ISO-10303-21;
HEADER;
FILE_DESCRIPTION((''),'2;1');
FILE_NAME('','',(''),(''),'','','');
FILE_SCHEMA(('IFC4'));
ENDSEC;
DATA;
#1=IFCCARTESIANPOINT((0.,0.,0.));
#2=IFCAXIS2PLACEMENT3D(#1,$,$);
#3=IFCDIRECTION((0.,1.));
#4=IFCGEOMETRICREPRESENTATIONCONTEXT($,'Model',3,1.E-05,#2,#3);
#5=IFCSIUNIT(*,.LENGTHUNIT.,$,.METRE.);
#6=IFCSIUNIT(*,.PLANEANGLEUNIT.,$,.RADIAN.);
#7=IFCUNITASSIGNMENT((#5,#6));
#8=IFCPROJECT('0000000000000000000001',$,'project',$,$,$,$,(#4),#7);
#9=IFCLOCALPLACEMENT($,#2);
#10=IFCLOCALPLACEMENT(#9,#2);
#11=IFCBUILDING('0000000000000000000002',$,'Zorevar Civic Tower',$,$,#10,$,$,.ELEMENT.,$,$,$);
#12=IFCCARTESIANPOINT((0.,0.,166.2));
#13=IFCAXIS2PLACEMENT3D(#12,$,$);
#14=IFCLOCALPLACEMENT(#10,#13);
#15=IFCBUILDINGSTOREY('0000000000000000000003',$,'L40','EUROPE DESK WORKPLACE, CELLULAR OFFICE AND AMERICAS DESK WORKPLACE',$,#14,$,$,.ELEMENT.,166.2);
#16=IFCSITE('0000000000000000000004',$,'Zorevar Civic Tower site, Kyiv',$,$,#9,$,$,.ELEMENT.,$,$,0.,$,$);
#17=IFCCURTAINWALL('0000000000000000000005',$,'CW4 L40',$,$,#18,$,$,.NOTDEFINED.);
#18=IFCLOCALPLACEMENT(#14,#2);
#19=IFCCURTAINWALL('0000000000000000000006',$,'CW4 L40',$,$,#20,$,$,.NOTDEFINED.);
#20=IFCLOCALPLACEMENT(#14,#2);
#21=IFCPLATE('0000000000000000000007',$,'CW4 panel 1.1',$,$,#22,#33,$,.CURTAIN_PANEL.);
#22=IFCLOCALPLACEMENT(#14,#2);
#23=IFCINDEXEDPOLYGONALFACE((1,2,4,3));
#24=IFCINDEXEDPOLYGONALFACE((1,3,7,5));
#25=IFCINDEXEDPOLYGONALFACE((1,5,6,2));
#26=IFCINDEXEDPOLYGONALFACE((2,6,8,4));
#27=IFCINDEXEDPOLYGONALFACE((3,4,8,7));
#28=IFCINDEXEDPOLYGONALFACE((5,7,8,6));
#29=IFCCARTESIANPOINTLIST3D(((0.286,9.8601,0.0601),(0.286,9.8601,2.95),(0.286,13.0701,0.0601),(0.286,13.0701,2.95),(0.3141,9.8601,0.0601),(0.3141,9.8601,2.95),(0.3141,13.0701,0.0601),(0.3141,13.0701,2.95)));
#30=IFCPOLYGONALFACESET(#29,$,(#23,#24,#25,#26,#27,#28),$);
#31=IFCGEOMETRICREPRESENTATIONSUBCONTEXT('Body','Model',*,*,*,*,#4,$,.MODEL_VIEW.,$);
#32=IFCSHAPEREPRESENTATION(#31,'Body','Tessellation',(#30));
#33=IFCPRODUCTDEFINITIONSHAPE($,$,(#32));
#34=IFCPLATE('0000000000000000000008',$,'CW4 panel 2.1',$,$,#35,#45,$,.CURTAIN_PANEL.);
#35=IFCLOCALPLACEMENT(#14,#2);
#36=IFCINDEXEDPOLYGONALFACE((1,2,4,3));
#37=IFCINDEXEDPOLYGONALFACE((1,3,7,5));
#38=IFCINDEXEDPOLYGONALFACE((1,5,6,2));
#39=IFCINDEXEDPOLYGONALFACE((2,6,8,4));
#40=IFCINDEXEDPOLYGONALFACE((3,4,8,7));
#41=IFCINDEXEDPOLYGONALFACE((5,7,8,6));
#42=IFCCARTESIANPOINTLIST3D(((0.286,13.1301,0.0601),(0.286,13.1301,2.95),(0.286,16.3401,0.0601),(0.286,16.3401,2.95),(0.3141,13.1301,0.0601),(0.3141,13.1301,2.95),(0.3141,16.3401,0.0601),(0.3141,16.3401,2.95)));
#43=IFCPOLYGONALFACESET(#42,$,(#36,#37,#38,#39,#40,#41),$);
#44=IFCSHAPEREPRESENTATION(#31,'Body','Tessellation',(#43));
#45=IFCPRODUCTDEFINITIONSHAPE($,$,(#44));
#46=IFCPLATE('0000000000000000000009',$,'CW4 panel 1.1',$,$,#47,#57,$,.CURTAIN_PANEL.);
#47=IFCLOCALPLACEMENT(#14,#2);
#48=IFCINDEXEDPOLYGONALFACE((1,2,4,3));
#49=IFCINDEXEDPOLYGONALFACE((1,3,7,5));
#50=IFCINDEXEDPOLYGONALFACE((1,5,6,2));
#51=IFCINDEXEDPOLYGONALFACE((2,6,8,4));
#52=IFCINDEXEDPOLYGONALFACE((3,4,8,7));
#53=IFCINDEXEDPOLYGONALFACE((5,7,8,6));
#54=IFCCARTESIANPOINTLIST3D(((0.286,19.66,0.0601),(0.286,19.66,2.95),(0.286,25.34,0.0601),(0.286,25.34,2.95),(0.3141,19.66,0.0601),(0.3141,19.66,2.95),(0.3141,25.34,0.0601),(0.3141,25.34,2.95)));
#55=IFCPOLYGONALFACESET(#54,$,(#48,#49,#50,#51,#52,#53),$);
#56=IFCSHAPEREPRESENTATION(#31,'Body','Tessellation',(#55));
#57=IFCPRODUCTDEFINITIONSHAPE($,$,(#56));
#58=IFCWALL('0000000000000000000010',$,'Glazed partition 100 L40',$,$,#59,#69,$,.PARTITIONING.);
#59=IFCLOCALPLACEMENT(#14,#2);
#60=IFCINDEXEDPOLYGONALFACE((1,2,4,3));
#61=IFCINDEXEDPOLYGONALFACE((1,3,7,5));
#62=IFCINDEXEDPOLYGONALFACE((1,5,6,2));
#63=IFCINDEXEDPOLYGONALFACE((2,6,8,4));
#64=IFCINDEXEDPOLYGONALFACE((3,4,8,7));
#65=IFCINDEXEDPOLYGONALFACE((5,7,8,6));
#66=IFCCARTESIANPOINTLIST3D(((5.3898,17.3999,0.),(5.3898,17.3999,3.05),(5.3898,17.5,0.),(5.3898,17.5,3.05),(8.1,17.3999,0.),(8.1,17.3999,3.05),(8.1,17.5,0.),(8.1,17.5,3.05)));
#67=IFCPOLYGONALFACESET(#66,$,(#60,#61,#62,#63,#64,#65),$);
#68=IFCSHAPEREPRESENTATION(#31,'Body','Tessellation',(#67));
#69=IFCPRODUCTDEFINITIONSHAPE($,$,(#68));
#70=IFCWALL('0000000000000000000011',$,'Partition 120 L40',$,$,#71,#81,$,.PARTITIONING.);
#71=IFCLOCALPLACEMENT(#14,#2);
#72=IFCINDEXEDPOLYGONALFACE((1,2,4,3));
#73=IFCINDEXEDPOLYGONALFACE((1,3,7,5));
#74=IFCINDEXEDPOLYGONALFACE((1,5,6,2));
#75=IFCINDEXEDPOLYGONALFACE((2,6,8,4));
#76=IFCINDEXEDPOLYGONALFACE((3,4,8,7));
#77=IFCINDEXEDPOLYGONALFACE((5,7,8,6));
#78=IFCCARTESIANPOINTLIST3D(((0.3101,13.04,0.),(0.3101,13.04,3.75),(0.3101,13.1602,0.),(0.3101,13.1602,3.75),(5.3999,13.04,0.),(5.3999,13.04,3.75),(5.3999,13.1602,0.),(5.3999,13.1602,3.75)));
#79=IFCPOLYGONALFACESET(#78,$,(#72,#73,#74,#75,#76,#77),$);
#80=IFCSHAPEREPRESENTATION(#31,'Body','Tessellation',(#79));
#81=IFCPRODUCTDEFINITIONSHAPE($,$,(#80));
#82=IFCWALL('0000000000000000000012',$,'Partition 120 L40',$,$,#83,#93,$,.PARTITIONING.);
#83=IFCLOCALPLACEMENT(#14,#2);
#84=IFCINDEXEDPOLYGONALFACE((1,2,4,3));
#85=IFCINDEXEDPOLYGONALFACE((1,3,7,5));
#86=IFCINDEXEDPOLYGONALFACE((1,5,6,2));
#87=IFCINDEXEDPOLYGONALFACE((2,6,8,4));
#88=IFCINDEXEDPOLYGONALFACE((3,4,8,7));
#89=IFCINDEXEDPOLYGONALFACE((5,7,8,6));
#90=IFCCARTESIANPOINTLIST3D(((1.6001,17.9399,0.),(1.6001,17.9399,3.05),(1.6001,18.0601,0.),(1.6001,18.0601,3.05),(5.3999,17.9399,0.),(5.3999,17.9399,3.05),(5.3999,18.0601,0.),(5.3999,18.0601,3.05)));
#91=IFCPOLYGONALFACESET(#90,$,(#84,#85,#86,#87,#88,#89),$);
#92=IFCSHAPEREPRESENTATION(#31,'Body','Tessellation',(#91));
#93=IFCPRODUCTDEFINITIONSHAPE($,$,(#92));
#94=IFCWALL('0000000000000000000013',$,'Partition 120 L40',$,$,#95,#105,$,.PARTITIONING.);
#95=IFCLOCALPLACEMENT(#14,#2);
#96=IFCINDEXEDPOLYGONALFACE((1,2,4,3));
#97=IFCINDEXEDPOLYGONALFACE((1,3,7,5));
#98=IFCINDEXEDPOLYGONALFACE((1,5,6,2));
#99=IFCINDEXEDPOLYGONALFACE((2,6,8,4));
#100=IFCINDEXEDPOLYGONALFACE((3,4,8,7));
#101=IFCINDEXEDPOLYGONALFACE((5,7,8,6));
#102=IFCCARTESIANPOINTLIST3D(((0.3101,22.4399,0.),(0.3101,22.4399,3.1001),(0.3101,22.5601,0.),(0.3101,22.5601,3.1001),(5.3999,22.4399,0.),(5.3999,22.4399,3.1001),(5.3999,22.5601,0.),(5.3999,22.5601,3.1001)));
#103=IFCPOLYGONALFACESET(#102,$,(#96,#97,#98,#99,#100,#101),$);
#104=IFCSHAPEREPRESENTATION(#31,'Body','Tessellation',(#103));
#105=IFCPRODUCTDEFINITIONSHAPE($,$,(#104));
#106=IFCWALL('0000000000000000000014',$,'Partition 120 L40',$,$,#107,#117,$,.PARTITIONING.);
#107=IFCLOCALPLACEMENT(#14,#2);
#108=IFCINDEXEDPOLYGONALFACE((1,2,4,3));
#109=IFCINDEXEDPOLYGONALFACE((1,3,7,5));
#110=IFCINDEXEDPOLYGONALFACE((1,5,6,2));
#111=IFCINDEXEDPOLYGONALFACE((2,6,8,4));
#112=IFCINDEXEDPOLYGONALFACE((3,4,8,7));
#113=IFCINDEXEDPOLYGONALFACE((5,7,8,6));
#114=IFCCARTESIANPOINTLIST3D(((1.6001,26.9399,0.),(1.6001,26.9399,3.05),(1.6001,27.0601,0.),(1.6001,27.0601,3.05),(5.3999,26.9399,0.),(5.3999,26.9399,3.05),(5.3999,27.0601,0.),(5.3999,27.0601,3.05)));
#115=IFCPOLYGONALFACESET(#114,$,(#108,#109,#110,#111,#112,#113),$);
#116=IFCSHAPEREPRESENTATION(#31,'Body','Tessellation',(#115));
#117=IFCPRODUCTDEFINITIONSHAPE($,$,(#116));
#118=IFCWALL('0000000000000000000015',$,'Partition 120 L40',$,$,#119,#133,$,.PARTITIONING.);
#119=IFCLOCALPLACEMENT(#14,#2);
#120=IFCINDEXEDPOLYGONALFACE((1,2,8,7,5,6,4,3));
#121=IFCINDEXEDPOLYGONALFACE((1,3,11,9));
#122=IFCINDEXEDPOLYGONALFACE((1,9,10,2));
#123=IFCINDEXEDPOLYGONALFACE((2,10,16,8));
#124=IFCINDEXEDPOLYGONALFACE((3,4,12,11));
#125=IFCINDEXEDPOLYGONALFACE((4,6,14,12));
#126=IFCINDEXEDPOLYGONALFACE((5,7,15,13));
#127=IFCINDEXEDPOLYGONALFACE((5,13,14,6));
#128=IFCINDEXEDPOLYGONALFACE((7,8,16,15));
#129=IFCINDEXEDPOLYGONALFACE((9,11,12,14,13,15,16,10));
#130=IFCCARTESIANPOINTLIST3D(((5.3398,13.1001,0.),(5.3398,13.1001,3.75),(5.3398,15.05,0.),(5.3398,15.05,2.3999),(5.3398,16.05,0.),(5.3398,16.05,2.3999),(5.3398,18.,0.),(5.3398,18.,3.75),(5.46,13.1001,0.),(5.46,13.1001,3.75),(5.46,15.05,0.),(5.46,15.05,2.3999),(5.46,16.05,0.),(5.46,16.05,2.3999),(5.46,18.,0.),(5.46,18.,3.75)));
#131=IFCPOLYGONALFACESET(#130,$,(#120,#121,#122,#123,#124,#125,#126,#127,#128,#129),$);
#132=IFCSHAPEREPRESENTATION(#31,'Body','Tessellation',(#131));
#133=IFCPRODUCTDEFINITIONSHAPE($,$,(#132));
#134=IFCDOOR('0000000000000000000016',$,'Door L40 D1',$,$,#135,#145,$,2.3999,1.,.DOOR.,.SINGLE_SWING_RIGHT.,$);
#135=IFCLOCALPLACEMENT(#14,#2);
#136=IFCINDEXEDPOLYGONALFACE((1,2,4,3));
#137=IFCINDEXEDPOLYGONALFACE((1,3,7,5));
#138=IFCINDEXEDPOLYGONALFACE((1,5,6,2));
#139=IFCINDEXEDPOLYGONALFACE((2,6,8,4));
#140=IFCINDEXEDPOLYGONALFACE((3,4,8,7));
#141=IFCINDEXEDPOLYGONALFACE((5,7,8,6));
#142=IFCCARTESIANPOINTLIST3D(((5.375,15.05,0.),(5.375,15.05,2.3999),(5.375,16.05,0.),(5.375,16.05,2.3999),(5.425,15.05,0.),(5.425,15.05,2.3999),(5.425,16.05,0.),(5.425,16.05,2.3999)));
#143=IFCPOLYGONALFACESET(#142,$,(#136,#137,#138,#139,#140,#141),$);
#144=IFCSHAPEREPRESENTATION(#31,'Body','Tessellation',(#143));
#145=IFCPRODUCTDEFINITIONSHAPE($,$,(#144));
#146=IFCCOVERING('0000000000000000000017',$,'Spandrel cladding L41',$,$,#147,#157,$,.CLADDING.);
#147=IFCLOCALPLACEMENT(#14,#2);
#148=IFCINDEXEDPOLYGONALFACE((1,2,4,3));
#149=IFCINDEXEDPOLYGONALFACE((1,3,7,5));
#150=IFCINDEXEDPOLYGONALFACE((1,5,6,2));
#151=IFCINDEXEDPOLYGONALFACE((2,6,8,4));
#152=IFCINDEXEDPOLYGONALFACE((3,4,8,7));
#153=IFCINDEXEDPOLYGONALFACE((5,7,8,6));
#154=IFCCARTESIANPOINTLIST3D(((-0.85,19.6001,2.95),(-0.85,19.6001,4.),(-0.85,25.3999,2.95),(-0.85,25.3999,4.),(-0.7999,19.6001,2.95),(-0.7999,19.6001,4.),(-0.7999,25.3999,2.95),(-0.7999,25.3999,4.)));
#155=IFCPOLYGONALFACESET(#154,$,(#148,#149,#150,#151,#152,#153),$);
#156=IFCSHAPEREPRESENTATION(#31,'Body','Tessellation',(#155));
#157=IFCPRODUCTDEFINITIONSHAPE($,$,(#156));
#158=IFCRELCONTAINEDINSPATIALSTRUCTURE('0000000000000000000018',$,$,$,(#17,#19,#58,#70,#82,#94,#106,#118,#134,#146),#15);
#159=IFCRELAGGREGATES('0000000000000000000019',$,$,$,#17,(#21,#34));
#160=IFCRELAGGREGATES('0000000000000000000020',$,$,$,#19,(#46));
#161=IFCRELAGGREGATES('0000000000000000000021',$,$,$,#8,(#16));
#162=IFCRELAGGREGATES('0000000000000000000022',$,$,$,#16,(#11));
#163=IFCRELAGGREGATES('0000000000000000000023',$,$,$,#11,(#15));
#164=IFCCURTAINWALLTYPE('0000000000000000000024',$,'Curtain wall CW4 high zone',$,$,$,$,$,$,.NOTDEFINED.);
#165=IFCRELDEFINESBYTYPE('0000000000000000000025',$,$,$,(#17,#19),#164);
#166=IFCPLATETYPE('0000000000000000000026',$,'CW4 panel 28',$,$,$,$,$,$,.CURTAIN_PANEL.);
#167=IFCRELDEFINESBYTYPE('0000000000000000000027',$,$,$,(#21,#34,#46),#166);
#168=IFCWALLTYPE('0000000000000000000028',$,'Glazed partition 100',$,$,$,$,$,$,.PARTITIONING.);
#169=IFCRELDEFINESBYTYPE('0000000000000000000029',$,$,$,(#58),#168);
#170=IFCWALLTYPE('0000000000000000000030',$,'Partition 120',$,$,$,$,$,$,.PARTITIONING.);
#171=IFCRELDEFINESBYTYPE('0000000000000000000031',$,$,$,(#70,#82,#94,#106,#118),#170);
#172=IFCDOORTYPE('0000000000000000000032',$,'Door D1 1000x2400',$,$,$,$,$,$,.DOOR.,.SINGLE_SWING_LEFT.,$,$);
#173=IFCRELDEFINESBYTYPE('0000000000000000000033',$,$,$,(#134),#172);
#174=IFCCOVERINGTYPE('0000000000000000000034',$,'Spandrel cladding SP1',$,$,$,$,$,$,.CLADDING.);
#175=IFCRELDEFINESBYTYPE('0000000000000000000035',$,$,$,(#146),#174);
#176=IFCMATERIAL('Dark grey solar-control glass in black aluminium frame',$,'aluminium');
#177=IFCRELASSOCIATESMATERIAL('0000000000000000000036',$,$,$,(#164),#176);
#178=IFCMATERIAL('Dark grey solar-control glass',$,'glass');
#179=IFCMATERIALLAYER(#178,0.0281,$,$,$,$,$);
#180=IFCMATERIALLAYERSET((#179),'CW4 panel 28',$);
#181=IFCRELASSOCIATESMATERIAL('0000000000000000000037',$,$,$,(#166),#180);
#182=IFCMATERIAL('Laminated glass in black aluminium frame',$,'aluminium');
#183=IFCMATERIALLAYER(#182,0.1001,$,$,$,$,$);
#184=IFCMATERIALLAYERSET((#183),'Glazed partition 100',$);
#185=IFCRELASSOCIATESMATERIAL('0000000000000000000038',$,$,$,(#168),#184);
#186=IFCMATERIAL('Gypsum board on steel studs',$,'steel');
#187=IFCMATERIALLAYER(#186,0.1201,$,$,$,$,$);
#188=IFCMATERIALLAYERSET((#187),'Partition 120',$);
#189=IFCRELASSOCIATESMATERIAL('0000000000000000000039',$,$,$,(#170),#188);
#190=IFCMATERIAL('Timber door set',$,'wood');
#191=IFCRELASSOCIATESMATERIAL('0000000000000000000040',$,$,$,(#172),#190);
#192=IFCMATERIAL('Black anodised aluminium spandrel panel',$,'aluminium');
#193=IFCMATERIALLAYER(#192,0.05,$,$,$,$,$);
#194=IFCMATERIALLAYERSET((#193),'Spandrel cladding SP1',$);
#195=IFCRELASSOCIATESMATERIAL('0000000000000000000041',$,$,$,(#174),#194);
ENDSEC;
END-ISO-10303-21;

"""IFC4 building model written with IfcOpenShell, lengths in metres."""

from ifc_helpers import new_model, si_unit, direction, frame, frame_2d, origin, origin_2d, place, context, subcontext, project, spatial, rectangle, extrude, material, layer, layer_set, type_object, element, fill, aggregate, save


model = new_model("IFC4")

# Units and contexts
model_context = context("Model", 3, precision=1e-05, world=origin(), true_north=direction((0.0, 1.0)))
body_context = subcontext(model_context, "Body", "Model", "MODEL_VIEW")
ifc_project = project(units=[si_unit("LENGTHUNIT", "METRE"), si_unit("PLANEANGLEUNIT", "RADIAN")], contexts=[model_context])

# Site, building, storey
site_placement = place(None, origin())
site = spatial("IfcSite", under=ifc_project, at=site_placement, Name="Zorevar Civic Tower site, Kyiv", CompositionType="ELEMENT", RefElevation=0.0)
building_placement = place(site_placement, origin())
building = spatial("IfcBuilding", under=site, at=building_placement, Name="Zorevar Civic Tower", CompositionType="ELEMENT")
storey_placement = place(building_placement, frame((0.0, 0.0, 166.2)))
storey = spatial("IfcBuildingStorey", under=building, at=storey_placement, Name="L40", Description="EUROPE DESK WORKPLACE, CELLULAR OFFICE AND AMERICAS DESK WORKPLACE", CompositionType="ELEMENT", Elevation=166.2)

# Curtain walls
ifc_material_1 = material(Name="Dark grey solar-control glass in black aluminium frame", Category="aluminium")
curtain_wall_type = type_object("IfcCurtainWallType", Name="Curtain wall CW4 high zone", PredefinedType="NOTDEFINED", material=ifc_material_1)
curtain_wall_1_placement = place(storey_placement, origin())
curtain_wall_1 = element("IfcCurtainWall", 1, at=curtain_wall_1_placement, inside=storey, type_object=curtain_wall_type, Name="CW4 L40", PredefinedType="NOTDEFINED")
curtain_wall_2_placement = place(storey_placement, origin())
curtain_wall_2 = element("IfcCurtainWall", 2, at=curtain_wall_2_placement, inside=storey, type_object=curtain_wall_type, Name="CW4 L40", PredefinedType="NOTDEFINED")

# Plates
ifc_material_2 = material(Name="Dark grey solar-control glass", Category="glass")
ifc_layer_1 = layer(ifc_material_2, 0.0281)
ifc_layer_set_1 = layer_set([ifc_layer_1], Name="CW4 panel 28")
plate_type = type_object("IfcPlateType", Name="CW4 panel 28", PredefinedType="CURTAIN_PANEL", material=ifc_layer_set_1)
plate_1_placement = place(storey_placement, frame((0.3, 11.4651, 0.0601), z_axis=(0.0, 0.0, 1.0), x_axis=(0.0, 1.0, 0.0)))
plate_1 = element("IfcPlate", 3, at=plate_1_placement, type_object=plate_type, Name="CW4 panel 1.1", PredefinedType="CURTAIN_PANEL", context=body_context, shape_type="SweptSolid", body=[
    extrude(rectangle(XDim=3.21, YDim=0.0281, at=origin_2d()), origin(), (0.0, 0.0, 1.0), 2.8899),
])
plate_2_placement = place(storey_placement, frame((0.3, 14.7351, 0.0601), z_axis=(0.0, 0.0, 1.0), x_axis=(0.0, 1.0, 0.0)))
plate_2 = element("IfcPlate", 4, at=plate_2_placement, type_object=plate_type, Name="CW4 panel 2.1", PredefinedType="CURTAIN_PANEL", context=body_context, shape_type="SweptSolid", body=[
    extrude(rectangle(XDim=3.21, YDim=0.0281, at=origin_2d()), origin(), (0.0, 0.0, 1.0), 2.8899),
])
aggregate(curtain_wall_1, [plate_1, plate_2])
plate_3_placement = place(storey_placement, frame((0.3, 22.5, 0.0601), z_axis=(0.0, 0.0, 1.0), x_axis=(0.0, 1.0, 0.0)))
plate_3 = element("IfcPlate", 5, at=plate_3_placement, type_object=plate_type, Name="CW4 panel 1.1", PredefinedType="CURTAIN_PANEL", context=body_context, shape_type="SweptSolid", body=[
    extrude(rectangle(XDim=5.6799, YDim=0.0281, at=origin_2d()), origin(), (0.0, 0.0, 1.0), 2.8899),
])
aggregate(curtain_wall_2, [plate_3])

# Walls
ifc_material_3 = material(Name="Laminated glass in black aluminium frame", Category="aluminium")
ifc_layer_2 = layer(ifc_material_3, 0.1001)
ifc_layer_set_2 = layer_set([ifc_layer_2], Name="Glazed partition 100")
wall_type_1 = type_object("IfcWallType", Name="Glazed partition 100", PredefinedType="PARTITIONING", material=ifc_layer_set_2)
wall_1_placement = place(storey_placement, frame((5.3899, 17.45, 0.0), z_axis=(0.0, 0.0, 1.0), x_axis=(1.0, 0.0, 0.0)))
element("IfcWall", 6, at=wall_1_placement, inside=storey, type_object=wall_type_1, Name="Glazed partition 100 L40", PredefinedType="PARTITIONING", context=body_context, shape_type="SweptSolid", body=[
    extrude(rectangle(XDim=2.7102, YDim=0.1001, at=frame_2d((1.355, 0.0))), origin(), (0.0, 0.0, 1.0), 3.05),
])
ifc_material_4 = material(Name="Gypsum board on steel studs", Category="steel")
ifc_layer_3 = layer(ifc_material_4, 0.1201)
ifc_layer_set_3 = layer_set([ifc_layer_3], Name="Partition 120")
wall_type_2 = type_object("IfcWallType", Name="Partition 120", PredefinedType="PARTITIONING", material=ifc_layer_set_3)
wall_2_placement = place(storey_placement, frame((0.3101, 13.1001, 0.0), z_axis=(0.0, 0.0, 1.0), x_axis=(1.0, 0.0, 0.0)))
element("IfcWall", 7, at=wall_2_placement, inside=storey, type_object=wall_type_2, Name="Partition 120 L40", PredefinedType="PARTITIONING", context=body_context, shape_type="SweptSolid", body=[
    extrude(rectangle(XDim=5.0898, YDim=0.1201, at=frame_2d((2.5449, 0.0))), origin(), (0.0, 0.0, 1.0), 3.75),
])
wall_3_placement = place(storey_placement, frame((1.6001, 18.0, 0.0), z_axis=(0.0, 0.0, 1.0), x_axis=(1.0, 0.0, 0.0)))
element("IfcWall", 8, at=wall_3_placement, inside=storey, type_object=wall_type_2, Name="Partition 120 L40", PredefinedType="PARTITIONING", context=body_context, shape_type="SweptSolid", body=[
    extrude(rectangle(XDim=3.7998, YDim=0.1201, at=frame_2d((1.8999, 0.0))), origin(), (0.0, 0.0, 1.0), 3.05),
])
wall_4_placement = place(storey_placement, frame((0.3101, 22.5, 0.0), z_axis=(0.0, 0.0, 1.0), x_axis=(1.0, 0.0, 0.0)))
element("IfcWall", 9, at=wall_4_placement, inside=storey, type_object=wall_type_2, Name="Partition 120 L40", PredefinedType="PARTITIONING", context=body_context, shape_type="SweptSolid", body=[
    extrude(rectangle(XDim=5.0898, YDim=0.1201, at=frame_2d((2.5449, 0.0))), origin(), (0.0, 0.0, 1.0), 3.1001),
])
wall_5_placement = place(storey_placement, frame((1.6001, 27.0, 0.0), z_axis=(0.0, 0.0, 1.0), x_axis=(1.0, 0.0, 0.0)))
element("IfcWall", 10, at=wall_5_placement, inside=storey, type_object=wall_type_2, Name="Partition 120 L40", PredefinedType="PARTITIONING", context=body_context, shape_type="SweptSolid", body=[
    extrude(rectangle(XDim=3.7998, YDim=0.1201, at=frame_2d((1.8999, 0.0))), origin(), (0.0, 0.0, 1.0), 3.05),
])

# Wall, opening, door
wall_6_placement = place(storey_placement, frame((5.3999, 13.1001, 0.0), z_axis=(0.0, 0.0, 1.0), x_axis=(0.0, 1.0, 0.0)))
wall_6 = element("IfcWall", 11, at=wall_6_placement, inside=storey, type_object=wall_type_2, Name="Partition 120 L40", PredefinedType="PARTITIONING", context=body_context, shape_type="SweptSolid", body=[
    extrude(rectangle(XDim=4.8999, YDim=0.1201, at=frame_2d((2.45, 0.0))), origin(), (0.0, 0.0, 1.0), 3.75),
])
opening_placement = place(wall_6_placement, frame((1.95, 0.0, 0.0)))
opening = element("IfcOpeningElement", 12, at=opening_placement, cuts=wall_6, PredefinedType="OPENING", context=body_context, shape_type="SweptSolid", body=[
    extrude(rectangle(XDim=1.0, YDim=2.3999, at=frame_2d((0.5, 1.2))), frame((0.0, 0.0701, 0.0), z_axis=(0.0, -1.0, 0.0), x_axis=(1.0, 0.0, 0.0)), (0.0, 0.0, 1.0), 0.1401),
])
ifc_material_5 = material(Name="Timber door set", Category="wood")
door_type = type_object("IfcDoorType", Name="Door D1 1000x2400", OperationType="SINGLE_SWING_LEFT", PredefinedType="DOOR", material=ifc_material_5)
door_placement = place(opening_placement, origin())
door = element("IfcDoor", 13, at=door_placement, inside=storey, type_object=door_type, Name="Door L40 D1", OperationType="SINGLE_SWING_RIGHT", OverallHeight=2.3999, OverallWidth=1.0, PredefinedType="DOOR", context=body_context, shape_type="SweptSolid", body=[
    extrude(rectangle(XDim=1.0, YDim=2.3999, at=frame_2d((0.5, 1.2))), frame((0.0, 0.0249, 0.0), z_axis=(0.0, -1.0, 0.0), x_axis=(1.0, 0.0, 0.0)), (0.0, 0.0, 1.0), 0.05),
])
fill(opening, door)

# Covering
ifc_material_6 = material(Name="Black anodised aluminium spandrel panel", Category="aluminium")
ifc_layer_4 = layer(ifc_material_6, 0.05)
ifc_layer_set_4 = layer_set([ifc_layer_4], Name="Spandrel cladding SP1")
covering_type = type_object("IfcCoveringType", Name="Spandrel cladding SP1", PredefinedType="CLADDING", material=ifc_layer_set_4)
covering_placement = place(storey_placement, frame((-0.825, 19.6001, 2.95), z_axis=(0.0, 0.0, 1.0), x_axis=(0.0, 1.0, 0.0)))
element("IfcCovering", 14, at=covering_placement, inside=storey, type_object=covering_type, Name="Spandrel cladding L41", PredefinedType="CLADDING", context=body_context, shape_type="SweptSolid", body=[
    extrude(rectangle(XDim=5.7998, YDim=0.05, at=frame_2d((2.8999, 0.0))), origin(), (0.0, 0.0, 1.0), 1.05),
])

save(model, "model.ifc")
